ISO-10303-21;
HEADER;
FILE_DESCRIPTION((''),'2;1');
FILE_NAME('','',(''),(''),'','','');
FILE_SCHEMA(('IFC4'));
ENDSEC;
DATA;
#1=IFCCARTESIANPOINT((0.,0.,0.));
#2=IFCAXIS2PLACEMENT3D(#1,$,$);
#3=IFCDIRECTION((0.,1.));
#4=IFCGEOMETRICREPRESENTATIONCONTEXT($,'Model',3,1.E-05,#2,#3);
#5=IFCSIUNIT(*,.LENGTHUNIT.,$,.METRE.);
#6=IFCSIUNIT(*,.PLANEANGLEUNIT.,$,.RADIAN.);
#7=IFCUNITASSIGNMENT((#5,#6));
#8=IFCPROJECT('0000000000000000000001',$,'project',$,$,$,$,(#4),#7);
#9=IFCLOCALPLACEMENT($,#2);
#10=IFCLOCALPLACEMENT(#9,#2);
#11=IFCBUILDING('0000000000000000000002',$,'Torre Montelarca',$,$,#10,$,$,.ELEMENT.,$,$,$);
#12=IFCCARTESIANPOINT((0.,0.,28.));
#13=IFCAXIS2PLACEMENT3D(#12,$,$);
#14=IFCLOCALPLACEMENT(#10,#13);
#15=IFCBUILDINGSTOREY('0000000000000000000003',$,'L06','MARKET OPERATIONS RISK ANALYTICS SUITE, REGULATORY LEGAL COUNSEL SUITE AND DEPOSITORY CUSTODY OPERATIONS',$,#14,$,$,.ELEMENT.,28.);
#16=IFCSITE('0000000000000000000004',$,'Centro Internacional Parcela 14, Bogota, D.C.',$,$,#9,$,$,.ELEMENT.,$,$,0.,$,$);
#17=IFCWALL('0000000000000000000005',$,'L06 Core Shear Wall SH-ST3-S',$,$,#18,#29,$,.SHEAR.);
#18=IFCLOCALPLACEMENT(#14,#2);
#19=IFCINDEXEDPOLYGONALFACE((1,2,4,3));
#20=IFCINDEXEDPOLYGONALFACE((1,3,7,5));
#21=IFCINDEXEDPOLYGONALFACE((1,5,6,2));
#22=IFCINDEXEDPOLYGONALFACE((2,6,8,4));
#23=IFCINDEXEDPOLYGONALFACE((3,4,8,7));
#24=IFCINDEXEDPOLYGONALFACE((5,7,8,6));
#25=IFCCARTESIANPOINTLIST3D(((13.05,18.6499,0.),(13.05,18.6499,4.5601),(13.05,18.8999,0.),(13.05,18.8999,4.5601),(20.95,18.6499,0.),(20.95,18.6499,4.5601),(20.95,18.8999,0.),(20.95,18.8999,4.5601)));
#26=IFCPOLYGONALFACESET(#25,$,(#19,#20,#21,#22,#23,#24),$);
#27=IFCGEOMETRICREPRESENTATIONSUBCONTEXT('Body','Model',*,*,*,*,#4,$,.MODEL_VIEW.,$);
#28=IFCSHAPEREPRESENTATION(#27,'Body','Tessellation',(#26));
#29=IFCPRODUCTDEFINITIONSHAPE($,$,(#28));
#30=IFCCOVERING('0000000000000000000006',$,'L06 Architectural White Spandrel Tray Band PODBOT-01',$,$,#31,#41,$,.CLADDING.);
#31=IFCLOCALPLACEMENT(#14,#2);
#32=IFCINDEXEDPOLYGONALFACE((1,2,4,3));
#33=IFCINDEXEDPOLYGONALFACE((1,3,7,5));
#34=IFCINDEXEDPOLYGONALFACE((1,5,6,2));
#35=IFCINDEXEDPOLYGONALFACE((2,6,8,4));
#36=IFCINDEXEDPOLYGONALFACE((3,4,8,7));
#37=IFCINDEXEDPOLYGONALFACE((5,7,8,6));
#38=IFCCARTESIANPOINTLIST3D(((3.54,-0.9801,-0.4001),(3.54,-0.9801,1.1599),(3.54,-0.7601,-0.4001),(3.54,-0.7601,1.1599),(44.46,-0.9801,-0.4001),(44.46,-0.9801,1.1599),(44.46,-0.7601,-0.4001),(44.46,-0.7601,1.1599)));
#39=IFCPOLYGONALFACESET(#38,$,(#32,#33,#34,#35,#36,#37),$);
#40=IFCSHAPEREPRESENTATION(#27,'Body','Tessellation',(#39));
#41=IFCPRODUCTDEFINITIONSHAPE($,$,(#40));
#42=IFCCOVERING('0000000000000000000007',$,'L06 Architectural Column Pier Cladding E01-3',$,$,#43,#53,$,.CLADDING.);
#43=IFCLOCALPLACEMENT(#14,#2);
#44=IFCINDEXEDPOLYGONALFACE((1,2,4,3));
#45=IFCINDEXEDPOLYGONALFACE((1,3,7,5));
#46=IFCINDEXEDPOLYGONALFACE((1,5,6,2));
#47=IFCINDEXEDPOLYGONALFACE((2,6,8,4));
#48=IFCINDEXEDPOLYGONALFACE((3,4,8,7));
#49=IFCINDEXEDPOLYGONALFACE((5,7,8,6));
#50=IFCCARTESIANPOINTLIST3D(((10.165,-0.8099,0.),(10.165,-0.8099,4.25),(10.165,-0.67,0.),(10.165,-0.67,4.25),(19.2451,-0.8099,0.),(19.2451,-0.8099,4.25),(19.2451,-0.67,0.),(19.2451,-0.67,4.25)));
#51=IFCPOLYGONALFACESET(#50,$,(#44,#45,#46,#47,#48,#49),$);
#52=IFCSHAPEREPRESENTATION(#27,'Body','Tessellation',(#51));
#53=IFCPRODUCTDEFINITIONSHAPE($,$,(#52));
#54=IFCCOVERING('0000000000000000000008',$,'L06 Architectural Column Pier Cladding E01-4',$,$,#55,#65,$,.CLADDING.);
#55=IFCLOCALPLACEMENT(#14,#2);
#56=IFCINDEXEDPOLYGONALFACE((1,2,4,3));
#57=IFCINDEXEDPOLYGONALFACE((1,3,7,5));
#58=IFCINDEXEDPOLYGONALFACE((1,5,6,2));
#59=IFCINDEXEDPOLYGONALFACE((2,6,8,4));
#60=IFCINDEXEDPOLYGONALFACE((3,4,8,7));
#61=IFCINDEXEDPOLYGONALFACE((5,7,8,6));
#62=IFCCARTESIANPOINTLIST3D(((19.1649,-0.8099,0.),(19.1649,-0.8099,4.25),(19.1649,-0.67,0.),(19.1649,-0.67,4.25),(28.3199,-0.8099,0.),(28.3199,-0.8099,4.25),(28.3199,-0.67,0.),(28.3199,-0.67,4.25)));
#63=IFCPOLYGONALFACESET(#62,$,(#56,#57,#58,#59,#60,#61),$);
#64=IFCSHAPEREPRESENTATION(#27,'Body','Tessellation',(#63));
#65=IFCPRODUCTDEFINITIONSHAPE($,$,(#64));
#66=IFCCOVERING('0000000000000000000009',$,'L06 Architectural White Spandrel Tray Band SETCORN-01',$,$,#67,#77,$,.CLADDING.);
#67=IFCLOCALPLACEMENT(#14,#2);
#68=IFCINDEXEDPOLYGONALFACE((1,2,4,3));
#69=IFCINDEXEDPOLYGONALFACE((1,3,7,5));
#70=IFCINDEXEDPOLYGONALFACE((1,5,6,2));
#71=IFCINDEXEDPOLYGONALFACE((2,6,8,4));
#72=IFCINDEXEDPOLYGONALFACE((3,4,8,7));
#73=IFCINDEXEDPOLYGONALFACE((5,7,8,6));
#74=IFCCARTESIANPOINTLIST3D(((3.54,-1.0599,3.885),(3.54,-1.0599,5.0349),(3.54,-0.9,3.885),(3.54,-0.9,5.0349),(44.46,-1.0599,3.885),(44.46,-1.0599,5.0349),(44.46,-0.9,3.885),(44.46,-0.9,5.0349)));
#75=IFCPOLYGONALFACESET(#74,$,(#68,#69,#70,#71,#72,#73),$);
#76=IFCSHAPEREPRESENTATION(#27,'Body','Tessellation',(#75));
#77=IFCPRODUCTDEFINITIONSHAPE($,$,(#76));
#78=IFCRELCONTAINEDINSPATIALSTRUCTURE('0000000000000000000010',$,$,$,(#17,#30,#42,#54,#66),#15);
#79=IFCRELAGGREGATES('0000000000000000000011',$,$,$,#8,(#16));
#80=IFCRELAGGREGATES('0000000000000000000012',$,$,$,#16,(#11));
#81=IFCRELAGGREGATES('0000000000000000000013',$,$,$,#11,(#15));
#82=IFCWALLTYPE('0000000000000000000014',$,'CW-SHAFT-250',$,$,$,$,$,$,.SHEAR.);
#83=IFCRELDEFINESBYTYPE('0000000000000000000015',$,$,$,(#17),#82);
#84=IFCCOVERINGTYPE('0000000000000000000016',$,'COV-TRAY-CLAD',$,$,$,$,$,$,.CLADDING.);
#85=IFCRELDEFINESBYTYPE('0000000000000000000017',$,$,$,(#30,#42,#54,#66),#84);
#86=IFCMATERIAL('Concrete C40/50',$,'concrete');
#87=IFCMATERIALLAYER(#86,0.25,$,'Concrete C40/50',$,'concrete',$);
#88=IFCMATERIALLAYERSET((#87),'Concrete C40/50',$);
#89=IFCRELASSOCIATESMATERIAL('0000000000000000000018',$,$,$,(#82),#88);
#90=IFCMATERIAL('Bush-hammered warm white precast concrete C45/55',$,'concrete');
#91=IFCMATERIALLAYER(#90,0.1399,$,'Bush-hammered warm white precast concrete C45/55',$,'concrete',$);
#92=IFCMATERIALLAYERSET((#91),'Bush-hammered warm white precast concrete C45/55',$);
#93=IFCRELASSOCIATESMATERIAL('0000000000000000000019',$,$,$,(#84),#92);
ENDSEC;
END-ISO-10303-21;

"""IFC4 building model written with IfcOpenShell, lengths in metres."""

from ifc_helpers import new_model, si_unit, direction, frame, frame_2d, origin, origin_2d, place, context, subcontext, project, spatial, rectangle, extrude, source, transform, mapped, material, layer, layer_set, type_object, element, save


model = new_model("IFC4")

# Units and contexts
model_context = context("Model", 3, precision=1e-05, world=origin(), true_north=direction((0.0, 1.0)))
body_context = subcontext(model_context, "Body", "Model", "MODEL_VIEW")
ifc_project = project(units=[si_unit("LENGTHUNIT", "METRE"), si_unit("PLANEANGLEUNIT", "RADIAN")], contexts=[model_context])

# Site, building, storey
site_placement = place(None, origin())
site = spatial("IfcSite", under=ifc_project, at=site_placement, Name="Centro Internacional Parcela 14, Bogota, D.C.", CompositionType="ELEMENT", RefElevation=0.0)
building_placement = place(site_placement, origin())
building = spatial("IfcBuilding", under=site, at=building_placement, Name="Torre Montelarca", CompositionType="ELEMENT")
storey_placement = place(building_placement, frame((0.0, 0.0, 28.0)))
storey = spatial("IfcBuildingStorey", under=building, at=storey_placement, Name="L06", Description="MARKET OPERATIONS RISK ANALYTICS SUITE, REGULATORY LEGAL COUNSEL SUITE AND DEPOSITORY CUSTODY OPERATIONS", CompositionType="ELEMENT", Elevation=28.0)

# Wall
ifc_material_1 = material(Name="Concrete C40/50", Category="concrete")
ifc_layer_1 = layer(ifc_material_1, 0.25, Name="Concrete C40/50", Category="concrete")
ifc_layer_set_1 = layer_set([ifc_layer_1], Name="Concrete C40/50")
wall_type = type_object("IfcWallType", Name="CW-SHAFT-250", PredefinedType="SHEAR", material=ifc_layer_set_1)
wall_placement = place(storey_placement, frame((13.05, 18.7749, 0.0), z_axis=(0.0, 0.0, 1.0), x_axis=(1.0, 0.0, 0.0)))
element("IfcWall", 1, at=wall_placement, inside=storey, type_object=wall_type, Name="L06 Core Shear Wall SH-ST3-S", PredefinedType="SHEAR", context=body_context, shape_type="SweptSolid", body=[
    extrude(rectangle(XDim=7.8999, YDim=0.25, at=frame_2d((3.95, 0.0))), origin(), (0.0, 0.0, 1.0), 4.5601),
])

# Coverings
ifc_material_2 = material(Name="Bush-hammered warm white precast concrete C45/55", Category="concrete")
ifc_layer_2 = layer(ifc_material_2, 0.1399, Name="Bush-hammered warm white precast concrete C45/55", Category="concrete")
ifc_layer_set_2 = layer_set([ifc_layer_2], Name="Bush-hammered warm white precast concrete C45/55")
covering_type = type_object("IfcCoveringType", Name="COV-TRAY-CLAD", PredefinedType="CLADDING", material=ifc_layer_set_2)
shared_shape_1 = source(origin(), body_context, "Body", "SweptSolid", [
    extrude(rectangle(XDim=40.9199, YDim=0.22, at=origin_2d()), origin(), (0.0, 0.0, 1.0), 1.5601),
])
covering_1_placement = place(storey_placement, frame((24.0, -0.8701, -0.4001), z_axis=(0.0, 0.0, 1.0), x_axis=(1.0, 0.0, 0.0)))
element("IfcCovering", 2, at=covering_1_placement, inside=storey, type_object=covering_type, Name="L06 Architectural White Spandrel Tray Band PODBOT-01", PredefinedType="CLADDING", context=body_context, shape_type="MappedRepresentation", body=[
    mapped(shared_shape_1, transform((0.0, 0.0, 0.0), scale=1.0)),
])
shared_shape_2 = source(origin(), body_context, "Body", "SweptSolid", [
    extrude(rectangle(XDim=9.0801, YDim=0.1399, at=origin_2d()), origin(), (0.0, 0.0, 1.0), 4.25),
])
covering_2_placement = place(storey_placement, frame((14.7051, -0.74, 0.0), z_axis=(0.0, 0.0, 1.0), x_axis=(1.0, 0.0, 0.0)))
element("IfcCovering", 3, at=covering_2_placement, inside=storey, type_object=covering_type, Name="L06 Architectural Column Pier Cladding E01-3", PredefinedType="CLADDING", context=body_context, shape_type="MappedRepresentation", body=[
    mapped(shared_shape_2, transform((0.0, 0.0, 0.0), scale=1.0)),
])
shared_shape_3 = source(origin(), body_context, "Body", "SweptSolid", [
    extrude(rectangle(XDim=9.155, YDim=0.1399, at=origin_2d()), origin(), (0.0, 0.0, 1.0), 4.25),
])
covering_3_placement = place(storey_placement, frame((23.7424, -0.74, 0.0), z_axis=(0.0, 0.0, 1.0), x_axis=(1.0, 0.0, 0.0)))
element("IfcCovering", 4, at=covering_3_placement, inside=storey, type_object=covering_type, Name="L06 Architectural Column Pier Cladding E01-4", PredefinedType="CLADDING", context=body_context, shape_type="MappedRepresentation", body=[
    mapped(shared_shape_3, transform((0.0, 0.0, 0.0), scale=1.0)),
])
shared_shape_4 = source(origin(), body_context, "Body", "SweptSolid", [
    extrude(rectangle(XDim=40.9199, YDim=0.1599, at=origin_2d()), origin(), (0.0, 0.0, 1.0), 1.1499),
])
covering_4_placement = place(storey_placement, frame((24.0, -0.98, 3.885), z_axis=(0.0, 0.0, 1.0), x_axis=(1.0, 0.0, 0.0)))
element("IfcCovering", 5, at=covering_4_placement, inside=storey, type_object=covering_type, Name="L06 Architectural White Spandrel Tray Band SETCORN-01", PredefinedType="CLADDING", context=body_context, shape_type="MappedRepresentation", body=[
    mapped(shared_shape_4, transform((0.0, 0.0, 0.0), scale=1.0)),
])

save(model, "model.ifc")
